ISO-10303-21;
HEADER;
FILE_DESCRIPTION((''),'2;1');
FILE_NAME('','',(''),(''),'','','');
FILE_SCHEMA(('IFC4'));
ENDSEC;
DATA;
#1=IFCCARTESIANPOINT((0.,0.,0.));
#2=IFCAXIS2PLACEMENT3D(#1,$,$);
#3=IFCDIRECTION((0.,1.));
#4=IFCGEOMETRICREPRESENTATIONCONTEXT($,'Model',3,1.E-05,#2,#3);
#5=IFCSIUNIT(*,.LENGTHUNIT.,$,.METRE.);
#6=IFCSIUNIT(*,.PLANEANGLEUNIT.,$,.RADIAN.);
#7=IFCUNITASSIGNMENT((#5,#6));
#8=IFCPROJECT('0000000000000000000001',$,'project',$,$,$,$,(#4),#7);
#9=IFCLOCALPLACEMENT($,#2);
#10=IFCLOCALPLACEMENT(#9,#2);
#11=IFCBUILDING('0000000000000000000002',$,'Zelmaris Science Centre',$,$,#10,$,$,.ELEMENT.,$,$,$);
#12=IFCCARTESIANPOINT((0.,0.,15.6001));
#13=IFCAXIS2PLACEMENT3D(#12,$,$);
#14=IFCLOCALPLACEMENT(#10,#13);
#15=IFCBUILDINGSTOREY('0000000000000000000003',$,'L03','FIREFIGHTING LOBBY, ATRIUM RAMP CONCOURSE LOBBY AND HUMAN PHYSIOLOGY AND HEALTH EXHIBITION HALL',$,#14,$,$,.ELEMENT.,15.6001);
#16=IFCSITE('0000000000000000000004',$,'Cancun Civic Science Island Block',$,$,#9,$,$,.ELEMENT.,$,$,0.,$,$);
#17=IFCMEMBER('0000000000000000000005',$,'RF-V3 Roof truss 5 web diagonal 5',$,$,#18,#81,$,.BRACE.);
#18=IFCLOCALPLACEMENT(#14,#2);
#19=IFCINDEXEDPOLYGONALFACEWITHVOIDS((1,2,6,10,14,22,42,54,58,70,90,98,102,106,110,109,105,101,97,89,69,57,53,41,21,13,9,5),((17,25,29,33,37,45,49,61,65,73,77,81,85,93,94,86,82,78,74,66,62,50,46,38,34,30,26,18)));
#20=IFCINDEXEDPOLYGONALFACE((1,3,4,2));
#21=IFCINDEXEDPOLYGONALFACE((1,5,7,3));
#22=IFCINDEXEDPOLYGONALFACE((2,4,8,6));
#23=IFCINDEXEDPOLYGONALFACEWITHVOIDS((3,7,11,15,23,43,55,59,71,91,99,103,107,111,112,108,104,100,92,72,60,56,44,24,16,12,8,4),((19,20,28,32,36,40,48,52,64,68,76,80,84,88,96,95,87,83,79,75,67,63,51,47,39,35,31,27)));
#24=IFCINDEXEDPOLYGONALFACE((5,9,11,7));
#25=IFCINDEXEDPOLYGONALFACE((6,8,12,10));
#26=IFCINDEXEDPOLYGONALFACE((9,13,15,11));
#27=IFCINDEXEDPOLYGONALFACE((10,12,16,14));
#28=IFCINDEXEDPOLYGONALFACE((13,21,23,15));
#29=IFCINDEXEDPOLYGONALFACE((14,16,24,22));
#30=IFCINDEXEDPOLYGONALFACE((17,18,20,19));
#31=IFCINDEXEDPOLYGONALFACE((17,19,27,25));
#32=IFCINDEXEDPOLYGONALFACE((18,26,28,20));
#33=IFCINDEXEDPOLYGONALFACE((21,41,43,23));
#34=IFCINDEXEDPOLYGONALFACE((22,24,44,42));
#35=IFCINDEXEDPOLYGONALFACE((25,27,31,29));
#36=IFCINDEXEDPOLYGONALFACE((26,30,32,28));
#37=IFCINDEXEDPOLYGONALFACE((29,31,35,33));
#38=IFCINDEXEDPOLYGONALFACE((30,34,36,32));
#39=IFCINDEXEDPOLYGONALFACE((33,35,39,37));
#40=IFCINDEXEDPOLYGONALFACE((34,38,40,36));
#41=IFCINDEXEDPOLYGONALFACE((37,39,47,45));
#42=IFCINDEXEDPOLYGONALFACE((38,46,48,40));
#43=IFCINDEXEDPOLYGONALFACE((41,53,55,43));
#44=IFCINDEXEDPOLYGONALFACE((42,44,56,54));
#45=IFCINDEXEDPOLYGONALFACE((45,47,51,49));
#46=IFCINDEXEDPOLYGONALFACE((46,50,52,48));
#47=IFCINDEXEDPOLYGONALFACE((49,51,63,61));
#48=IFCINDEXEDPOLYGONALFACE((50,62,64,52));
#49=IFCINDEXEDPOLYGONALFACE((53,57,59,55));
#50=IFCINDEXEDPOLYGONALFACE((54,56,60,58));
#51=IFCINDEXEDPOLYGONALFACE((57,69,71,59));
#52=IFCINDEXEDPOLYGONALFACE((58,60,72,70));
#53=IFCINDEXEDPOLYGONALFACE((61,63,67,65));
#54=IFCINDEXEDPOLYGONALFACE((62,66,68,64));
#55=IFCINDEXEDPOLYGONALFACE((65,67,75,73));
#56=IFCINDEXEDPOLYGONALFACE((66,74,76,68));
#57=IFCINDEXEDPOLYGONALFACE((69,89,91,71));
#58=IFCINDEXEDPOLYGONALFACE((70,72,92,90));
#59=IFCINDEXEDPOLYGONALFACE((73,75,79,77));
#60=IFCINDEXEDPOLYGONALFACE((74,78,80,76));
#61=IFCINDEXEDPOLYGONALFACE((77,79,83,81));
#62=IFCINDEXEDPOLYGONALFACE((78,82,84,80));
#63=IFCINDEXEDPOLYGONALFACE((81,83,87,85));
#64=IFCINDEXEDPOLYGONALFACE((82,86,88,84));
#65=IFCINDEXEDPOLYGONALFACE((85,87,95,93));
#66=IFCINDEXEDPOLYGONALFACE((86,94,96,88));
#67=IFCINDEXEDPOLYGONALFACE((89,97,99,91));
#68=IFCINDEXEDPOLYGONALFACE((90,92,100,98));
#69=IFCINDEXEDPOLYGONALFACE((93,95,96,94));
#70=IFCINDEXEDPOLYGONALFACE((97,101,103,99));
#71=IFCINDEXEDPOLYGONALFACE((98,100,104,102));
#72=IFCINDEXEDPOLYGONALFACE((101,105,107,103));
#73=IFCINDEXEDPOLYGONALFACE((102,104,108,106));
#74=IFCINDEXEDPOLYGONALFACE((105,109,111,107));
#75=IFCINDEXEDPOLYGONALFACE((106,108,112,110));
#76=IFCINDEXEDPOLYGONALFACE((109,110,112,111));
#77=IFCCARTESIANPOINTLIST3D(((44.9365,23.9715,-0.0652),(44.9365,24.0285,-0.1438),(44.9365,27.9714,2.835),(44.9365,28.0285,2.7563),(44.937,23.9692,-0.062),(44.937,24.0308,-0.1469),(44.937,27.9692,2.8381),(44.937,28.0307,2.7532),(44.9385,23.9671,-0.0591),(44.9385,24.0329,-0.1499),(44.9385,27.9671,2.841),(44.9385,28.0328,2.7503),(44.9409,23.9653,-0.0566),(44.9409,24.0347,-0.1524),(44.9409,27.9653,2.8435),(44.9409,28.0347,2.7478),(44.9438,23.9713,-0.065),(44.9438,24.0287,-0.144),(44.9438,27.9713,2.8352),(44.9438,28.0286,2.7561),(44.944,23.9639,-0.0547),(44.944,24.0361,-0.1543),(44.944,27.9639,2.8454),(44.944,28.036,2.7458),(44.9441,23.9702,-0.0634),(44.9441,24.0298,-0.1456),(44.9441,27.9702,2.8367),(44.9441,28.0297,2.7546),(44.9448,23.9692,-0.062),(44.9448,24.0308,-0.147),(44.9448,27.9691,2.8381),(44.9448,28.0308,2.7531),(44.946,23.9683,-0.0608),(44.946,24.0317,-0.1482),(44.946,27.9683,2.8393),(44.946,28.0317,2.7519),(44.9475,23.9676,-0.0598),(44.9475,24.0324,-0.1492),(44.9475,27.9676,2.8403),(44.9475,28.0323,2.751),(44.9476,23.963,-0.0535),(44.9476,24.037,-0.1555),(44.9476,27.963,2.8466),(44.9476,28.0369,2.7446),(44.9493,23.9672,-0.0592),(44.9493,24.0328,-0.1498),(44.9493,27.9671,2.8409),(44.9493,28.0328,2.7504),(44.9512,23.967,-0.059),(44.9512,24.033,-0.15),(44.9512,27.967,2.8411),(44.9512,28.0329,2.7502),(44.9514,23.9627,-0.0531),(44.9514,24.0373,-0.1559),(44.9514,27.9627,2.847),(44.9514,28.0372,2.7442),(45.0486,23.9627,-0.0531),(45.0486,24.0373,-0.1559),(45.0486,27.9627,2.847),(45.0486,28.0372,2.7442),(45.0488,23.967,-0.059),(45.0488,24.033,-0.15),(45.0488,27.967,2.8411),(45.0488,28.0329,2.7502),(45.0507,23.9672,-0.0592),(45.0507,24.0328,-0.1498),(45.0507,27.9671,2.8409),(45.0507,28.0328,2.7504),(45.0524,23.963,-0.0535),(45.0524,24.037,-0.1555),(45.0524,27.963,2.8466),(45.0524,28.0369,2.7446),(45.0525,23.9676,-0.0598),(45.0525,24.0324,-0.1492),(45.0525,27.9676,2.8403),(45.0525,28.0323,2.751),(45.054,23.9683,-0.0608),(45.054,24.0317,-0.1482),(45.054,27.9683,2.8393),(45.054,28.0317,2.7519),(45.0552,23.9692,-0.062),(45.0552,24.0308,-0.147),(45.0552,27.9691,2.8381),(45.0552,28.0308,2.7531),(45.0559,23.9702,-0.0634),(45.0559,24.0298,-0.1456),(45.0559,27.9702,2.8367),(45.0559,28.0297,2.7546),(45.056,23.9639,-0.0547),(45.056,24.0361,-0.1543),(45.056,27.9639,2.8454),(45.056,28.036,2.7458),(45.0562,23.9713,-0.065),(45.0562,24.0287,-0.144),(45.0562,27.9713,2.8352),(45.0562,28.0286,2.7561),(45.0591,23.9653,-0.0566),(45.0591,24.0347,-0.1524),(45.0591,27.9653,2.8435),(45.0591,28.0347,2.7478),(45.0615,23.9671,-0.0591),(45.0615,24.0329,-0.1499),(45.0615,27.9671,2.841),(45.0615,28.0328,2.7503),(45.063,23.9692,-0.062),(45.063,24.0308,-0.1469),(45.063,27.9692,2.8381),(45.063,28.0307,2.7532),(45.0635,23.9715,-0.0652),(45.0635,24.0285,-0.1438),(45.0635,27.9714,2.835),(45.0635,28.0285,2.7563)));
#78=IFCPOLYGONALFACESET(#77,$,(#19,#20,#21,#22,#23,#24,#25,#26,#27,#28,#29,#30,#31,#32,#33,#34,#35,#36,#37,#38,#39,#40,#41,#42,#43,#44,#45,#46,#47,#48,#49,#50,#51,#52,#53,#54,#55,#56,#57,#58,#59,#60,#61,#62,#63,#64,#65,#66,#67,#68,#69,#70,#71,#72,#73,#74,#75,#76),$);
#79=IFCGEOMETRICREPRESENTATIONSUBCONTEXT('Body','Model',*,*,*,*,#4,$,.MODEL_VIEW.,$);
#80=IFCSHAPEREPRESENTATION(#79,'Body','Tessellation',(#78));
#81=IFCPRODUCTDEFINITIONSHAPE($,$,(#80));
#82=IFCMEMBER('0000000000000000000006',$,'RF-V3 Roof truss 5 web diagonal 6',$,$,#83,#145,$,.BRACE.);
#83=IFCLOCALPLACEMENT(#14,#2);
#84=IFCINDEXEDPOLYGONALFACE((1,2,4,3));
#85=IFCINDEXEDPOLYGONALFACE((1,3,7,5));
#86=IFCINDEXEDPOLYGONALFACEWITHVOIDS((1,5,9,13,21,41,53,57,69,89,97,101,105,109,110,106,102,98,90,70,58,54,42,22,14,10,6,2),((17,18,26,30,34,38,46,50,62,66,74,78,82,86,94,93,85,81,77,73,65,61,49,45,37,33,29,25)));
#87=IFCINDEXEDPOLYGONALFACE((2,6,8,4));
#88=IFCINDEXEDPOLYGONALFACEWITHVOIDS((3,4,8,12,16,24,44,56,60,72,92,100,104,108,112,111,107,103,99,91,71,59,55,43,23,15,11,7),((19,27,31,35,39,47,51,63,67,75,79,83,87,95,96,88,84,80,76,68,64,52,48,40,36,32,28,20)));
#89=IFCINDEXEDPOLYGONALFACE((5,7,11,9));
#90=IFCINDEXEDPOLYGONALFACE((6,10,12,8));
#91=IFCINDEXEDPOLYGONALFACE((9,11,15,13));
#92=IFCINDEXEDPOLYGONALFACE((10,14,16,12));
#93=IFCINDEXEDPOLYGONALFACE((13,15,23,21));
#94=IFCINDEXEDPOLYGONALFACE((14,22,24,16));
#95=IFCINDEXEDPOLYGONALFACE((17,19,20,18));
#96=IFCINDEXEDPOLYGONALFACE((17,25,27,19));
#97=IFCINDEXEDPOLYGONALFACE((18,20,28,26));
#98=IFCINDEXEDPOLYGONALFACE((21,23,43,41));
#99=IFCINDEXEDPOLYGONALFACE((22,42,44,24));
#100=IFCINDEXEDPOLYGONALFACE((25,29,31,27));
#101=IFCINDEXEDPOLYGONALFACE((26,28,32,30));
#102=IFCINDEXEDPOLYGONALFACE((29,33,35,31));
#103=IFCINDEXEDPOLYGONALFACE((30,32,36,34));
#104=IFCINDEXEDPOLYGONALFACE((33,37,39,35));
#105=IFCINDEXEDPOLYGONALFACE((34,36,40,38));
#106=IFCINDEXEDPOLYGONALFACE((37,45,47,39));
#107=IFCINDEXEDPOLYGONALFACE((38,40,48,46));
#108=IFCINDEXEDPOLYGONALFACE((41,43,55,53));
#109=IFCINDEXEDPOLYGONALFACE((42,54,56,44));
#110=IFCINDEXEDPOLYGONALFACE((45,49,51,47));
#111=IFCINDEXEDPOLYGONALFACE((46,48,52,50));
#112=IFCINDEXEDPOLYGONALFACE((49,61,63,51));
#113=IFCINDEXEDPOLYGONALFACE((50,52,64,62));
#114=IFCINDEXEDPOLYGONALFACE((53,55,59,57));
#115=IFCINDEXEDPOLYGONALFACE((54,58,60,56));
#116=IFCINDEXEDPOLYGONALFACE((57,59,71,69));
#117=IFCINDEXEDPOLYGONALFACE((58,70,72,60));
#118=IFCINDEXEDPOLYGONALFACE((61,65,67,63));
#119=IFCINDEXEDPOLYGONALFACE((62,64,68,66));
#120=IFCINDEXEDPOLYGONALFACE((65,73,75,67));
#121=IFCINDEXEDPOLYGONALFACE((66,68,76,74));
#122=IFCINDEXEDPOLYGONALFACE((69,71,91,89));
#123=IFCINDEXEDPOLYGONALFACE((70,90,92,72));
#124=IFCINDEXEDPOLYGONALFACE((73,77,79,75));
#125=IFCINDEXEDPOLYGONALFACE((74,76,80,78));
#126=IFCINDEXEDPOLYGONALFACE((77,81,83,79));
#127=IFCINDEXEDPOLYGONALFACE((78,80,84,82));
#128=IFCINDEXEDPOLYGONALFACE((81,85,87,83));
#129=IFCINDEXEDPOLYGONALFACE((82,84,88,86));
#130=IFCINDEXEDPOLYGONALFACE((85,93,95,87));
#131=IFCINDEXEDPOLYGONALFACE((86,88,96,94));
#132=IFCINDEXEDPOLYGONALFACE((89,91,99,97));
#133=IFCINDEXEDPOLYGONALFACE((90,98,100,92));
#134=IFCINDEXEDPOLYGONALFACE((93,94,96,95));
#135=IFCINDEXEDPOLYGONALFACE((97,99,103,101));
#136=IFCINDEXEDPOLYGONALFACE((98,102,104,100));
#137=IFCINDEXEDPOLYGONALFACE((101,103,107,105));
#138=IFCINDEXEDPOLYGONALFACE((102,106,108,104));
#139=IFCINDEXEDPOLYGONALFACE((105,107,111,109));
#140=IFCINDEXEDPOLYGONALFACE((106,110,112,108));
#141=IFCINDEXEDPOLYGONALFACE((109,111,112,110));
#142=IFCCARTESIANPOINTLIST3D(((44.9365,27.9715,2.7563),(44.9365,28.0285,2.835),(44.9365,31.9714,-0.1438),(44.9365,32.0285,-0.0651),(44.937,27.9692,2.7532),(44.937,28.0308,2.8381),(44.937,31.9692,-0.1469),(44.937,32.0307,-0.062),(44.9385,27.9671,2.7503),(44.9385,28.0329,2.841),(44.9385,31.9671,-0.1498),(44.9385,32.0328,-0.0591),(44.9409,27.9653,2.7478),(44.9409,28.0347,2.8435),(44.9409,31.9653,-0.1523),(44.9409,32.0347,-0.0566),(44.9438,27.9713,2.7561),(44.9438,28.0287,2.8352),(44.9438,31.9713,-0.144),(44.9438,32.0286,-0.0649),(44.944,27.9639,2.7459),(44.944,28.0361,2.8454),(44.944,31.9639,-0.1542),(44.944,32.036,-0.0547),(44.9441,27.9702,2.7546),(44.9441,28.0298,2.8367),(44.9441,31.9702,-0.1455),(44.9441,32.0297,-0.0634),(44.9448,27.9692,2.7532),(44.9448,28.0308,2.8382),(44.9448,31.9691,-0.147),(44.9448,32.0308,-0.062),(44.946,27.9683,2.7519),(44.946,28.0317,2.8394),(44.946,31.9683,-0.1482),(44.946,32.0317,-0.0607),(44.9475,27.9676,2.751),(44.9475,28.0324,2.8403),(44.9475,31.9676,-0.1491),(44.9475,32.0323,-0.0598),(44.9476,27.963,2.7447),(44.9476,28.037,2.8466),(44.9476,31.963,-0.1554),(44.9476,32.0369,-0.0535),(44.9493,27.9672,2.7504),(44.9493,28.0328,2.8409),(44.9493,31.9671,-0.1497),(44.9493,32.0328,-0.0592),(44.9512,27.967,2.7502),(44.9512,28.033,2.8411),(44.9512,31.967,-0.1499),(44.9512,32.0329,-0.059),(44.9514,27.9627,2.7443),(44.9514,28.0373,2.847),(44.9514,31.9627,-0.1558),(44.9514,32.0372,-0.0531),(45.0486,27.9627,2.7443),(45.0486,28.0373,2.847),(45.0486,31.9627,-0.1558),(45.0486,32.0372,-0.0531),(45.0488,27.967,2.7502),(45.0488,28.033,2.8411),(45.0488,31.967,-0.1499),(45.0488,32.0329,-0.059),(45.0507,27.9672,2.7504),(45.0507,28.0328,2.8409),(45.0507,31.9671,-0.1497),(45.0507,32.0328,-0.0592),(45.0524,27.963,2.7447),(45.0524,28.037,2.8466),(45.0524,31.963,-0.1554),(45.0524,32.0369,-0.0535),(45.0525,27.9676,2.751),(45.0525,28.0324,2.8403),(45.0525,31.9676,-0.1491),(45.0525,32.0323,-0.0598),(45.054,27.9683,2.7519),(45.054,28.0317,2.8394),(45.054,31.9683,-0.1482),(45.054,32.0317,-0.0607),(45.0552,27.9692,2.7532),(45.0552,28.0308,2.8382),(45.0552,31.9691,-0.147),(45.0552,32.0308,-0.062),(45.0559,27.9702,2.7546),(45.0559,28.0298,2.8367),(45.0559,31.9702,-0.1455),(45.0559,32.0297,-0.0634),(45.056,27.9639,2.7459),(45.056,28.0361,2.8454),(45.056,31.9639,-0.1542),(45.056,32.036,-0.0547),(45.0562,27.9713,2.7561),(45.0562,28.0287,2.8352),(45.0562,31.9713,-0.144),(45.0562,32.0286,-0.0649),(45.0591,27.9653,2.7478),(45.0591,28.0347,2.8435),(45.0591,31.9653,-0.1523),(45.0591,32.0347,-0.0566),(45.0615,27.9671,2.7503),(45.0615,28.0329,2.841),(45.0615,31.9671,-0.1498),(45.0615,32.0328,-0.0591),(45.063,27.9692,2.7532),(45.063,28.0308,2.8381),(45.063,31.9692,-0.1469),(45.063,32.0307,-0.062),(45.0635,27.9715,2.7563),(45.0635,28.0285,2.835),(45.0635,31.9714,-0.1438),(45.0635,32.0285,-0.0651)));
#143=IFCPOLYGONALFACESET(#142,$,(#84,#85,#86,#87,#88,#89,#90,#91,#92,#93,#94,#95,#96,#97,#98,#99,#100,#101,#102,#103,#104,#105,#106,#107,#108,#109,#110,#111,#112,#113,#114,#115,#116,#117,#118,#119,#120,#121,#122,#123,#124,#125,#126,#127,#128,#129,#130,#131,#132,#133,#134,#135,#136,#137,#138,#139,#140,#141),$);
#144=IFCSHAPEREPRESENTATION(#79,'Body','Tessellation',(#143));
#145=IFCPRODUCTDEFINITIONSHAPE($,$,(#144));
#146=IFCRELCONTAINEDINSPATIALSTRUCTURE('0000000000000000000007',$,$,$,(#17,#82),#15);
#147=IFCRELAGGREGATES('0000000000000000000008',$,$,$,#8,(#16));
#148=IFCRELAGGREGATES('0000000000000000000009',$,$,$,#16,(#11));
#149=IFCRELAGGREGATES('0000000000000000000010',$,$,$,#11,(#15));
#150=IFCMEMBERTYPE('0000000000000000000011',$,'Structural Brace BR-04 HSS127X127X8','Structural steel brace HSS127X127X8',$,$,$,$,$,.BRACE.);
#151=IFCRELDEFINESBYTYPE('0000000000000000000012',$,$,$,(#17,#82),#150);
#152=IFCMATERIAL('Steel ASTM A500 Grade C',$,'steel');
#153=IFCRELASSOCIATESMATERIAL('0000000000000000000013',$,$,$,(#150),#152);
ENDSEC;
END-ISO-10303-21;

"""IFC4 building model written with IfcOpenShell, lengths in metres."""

from ifc_helpers import new_model, si_unit, direction, frame, origin, origin_2d, place, context, subcontext, project, spatial, hollow_rectangle, extrude, material, material_profile, profile_set, type_object, element, save


model = new_model("IFC4")

# Units and contexts
model_context = context("Model", 3, precision=1e-05, world=origin(), true_north=direction((0.0, 1.0)))
body_context = subcontext(model_context, "Body", "Model", "MODEL_VIEW")
ifc_project = project(units=[si_unit("LENGTHUNIT", "METRE"), si_unit("PLANEANGLEUNIT", "RADIAN")], contexts=[model_context])

# Site, building, storey
site_placement = place(None, origin())
site = spatial("IfcSite", under=ifc_project, at=site_placement, Name="Cancun Civic Science Island Block", CompositionType="ELEMENT", RefElevation=0.0)
building_placement = place(site_placement, origin())
building = spatial("IfcBuilding", under=site, at=building_placement, Name="Zelmaris Science Centre", CompositionType="ELEMENT")
storey_placement = place(building_placement, frame((0.0, 0.0, 15.6001)))
storey = spatial("IfcBuildingStorey", under=building, at=storey_placement, Name="L03", Description="FIREFIGHTING LOBBY, ATRIUM RAMP CONCOURSE LOBBY AND HUMAN PHYSIOLOGY AND HEALTH EXHIBITION HALL", CompositionType="ELEMENT", Elevation=15.6001)

# Shared definitions
ifc_material_1 = material(Name="Steel ASTM A500 Grade C", Category="steel")

# Members
ifc_material_profile_1 = material_profile(ifc_material_1, hollow_rectangle(XDim=0.127, YDim=0.127, WallThickness=0.0073, InnerFilletRadius=0.0073, OuterFilletRadius=0.0149, at=origin_2d()), Name="HSS127X127X8")
ifc_profile_set_1 = profile_set([ifc_material_profile_1], Name="Steel ASTM A500 Grade C")
member_type_1 = type_object("IfcMemberType", Name="Structural Brace BR-04 HSS127X127X8", Description="Structural steel brace HSS127X127X8", PredefinedType="BRACE", material=ifc_profile_set_1)
for number, where, z_axis, x_axis, name in (
    (1, (45.0, 24.0, -0.1045), (0.0, 0.809596, 0.586987), (-1.0, 0.0, 0.0), "RF-V3 Roof truss 5 web diagonal 5"),
    (2, (45.0, 28.0, 2.7957), (0.0, 0.809596, -0.586987), (-1.0, 0.0, 0.0), "RF-V3 Roof truss 5 web diagonal 6"),
):
    element("IfcMember", number, at=place(storey_placement, frame(where, z_axis=z_axis, x_axis=x_axis)), inside=storey, type_object=member_type_1, Name=name, PredefinedType="BRACE", context=body_context, shape_type="SweptSolid", body=[
        extrude(hollow_rectangle(XDim=0.127, YDim=0.127, WallThickness=0.0073, InnerFilletRadius=0.0073, OuterFilletRadius=0.0149, at=origin_2d()), origin(), (0.0, 0.0, 1.0), 4.9407),
    ])

save(model, "model.ifc")
